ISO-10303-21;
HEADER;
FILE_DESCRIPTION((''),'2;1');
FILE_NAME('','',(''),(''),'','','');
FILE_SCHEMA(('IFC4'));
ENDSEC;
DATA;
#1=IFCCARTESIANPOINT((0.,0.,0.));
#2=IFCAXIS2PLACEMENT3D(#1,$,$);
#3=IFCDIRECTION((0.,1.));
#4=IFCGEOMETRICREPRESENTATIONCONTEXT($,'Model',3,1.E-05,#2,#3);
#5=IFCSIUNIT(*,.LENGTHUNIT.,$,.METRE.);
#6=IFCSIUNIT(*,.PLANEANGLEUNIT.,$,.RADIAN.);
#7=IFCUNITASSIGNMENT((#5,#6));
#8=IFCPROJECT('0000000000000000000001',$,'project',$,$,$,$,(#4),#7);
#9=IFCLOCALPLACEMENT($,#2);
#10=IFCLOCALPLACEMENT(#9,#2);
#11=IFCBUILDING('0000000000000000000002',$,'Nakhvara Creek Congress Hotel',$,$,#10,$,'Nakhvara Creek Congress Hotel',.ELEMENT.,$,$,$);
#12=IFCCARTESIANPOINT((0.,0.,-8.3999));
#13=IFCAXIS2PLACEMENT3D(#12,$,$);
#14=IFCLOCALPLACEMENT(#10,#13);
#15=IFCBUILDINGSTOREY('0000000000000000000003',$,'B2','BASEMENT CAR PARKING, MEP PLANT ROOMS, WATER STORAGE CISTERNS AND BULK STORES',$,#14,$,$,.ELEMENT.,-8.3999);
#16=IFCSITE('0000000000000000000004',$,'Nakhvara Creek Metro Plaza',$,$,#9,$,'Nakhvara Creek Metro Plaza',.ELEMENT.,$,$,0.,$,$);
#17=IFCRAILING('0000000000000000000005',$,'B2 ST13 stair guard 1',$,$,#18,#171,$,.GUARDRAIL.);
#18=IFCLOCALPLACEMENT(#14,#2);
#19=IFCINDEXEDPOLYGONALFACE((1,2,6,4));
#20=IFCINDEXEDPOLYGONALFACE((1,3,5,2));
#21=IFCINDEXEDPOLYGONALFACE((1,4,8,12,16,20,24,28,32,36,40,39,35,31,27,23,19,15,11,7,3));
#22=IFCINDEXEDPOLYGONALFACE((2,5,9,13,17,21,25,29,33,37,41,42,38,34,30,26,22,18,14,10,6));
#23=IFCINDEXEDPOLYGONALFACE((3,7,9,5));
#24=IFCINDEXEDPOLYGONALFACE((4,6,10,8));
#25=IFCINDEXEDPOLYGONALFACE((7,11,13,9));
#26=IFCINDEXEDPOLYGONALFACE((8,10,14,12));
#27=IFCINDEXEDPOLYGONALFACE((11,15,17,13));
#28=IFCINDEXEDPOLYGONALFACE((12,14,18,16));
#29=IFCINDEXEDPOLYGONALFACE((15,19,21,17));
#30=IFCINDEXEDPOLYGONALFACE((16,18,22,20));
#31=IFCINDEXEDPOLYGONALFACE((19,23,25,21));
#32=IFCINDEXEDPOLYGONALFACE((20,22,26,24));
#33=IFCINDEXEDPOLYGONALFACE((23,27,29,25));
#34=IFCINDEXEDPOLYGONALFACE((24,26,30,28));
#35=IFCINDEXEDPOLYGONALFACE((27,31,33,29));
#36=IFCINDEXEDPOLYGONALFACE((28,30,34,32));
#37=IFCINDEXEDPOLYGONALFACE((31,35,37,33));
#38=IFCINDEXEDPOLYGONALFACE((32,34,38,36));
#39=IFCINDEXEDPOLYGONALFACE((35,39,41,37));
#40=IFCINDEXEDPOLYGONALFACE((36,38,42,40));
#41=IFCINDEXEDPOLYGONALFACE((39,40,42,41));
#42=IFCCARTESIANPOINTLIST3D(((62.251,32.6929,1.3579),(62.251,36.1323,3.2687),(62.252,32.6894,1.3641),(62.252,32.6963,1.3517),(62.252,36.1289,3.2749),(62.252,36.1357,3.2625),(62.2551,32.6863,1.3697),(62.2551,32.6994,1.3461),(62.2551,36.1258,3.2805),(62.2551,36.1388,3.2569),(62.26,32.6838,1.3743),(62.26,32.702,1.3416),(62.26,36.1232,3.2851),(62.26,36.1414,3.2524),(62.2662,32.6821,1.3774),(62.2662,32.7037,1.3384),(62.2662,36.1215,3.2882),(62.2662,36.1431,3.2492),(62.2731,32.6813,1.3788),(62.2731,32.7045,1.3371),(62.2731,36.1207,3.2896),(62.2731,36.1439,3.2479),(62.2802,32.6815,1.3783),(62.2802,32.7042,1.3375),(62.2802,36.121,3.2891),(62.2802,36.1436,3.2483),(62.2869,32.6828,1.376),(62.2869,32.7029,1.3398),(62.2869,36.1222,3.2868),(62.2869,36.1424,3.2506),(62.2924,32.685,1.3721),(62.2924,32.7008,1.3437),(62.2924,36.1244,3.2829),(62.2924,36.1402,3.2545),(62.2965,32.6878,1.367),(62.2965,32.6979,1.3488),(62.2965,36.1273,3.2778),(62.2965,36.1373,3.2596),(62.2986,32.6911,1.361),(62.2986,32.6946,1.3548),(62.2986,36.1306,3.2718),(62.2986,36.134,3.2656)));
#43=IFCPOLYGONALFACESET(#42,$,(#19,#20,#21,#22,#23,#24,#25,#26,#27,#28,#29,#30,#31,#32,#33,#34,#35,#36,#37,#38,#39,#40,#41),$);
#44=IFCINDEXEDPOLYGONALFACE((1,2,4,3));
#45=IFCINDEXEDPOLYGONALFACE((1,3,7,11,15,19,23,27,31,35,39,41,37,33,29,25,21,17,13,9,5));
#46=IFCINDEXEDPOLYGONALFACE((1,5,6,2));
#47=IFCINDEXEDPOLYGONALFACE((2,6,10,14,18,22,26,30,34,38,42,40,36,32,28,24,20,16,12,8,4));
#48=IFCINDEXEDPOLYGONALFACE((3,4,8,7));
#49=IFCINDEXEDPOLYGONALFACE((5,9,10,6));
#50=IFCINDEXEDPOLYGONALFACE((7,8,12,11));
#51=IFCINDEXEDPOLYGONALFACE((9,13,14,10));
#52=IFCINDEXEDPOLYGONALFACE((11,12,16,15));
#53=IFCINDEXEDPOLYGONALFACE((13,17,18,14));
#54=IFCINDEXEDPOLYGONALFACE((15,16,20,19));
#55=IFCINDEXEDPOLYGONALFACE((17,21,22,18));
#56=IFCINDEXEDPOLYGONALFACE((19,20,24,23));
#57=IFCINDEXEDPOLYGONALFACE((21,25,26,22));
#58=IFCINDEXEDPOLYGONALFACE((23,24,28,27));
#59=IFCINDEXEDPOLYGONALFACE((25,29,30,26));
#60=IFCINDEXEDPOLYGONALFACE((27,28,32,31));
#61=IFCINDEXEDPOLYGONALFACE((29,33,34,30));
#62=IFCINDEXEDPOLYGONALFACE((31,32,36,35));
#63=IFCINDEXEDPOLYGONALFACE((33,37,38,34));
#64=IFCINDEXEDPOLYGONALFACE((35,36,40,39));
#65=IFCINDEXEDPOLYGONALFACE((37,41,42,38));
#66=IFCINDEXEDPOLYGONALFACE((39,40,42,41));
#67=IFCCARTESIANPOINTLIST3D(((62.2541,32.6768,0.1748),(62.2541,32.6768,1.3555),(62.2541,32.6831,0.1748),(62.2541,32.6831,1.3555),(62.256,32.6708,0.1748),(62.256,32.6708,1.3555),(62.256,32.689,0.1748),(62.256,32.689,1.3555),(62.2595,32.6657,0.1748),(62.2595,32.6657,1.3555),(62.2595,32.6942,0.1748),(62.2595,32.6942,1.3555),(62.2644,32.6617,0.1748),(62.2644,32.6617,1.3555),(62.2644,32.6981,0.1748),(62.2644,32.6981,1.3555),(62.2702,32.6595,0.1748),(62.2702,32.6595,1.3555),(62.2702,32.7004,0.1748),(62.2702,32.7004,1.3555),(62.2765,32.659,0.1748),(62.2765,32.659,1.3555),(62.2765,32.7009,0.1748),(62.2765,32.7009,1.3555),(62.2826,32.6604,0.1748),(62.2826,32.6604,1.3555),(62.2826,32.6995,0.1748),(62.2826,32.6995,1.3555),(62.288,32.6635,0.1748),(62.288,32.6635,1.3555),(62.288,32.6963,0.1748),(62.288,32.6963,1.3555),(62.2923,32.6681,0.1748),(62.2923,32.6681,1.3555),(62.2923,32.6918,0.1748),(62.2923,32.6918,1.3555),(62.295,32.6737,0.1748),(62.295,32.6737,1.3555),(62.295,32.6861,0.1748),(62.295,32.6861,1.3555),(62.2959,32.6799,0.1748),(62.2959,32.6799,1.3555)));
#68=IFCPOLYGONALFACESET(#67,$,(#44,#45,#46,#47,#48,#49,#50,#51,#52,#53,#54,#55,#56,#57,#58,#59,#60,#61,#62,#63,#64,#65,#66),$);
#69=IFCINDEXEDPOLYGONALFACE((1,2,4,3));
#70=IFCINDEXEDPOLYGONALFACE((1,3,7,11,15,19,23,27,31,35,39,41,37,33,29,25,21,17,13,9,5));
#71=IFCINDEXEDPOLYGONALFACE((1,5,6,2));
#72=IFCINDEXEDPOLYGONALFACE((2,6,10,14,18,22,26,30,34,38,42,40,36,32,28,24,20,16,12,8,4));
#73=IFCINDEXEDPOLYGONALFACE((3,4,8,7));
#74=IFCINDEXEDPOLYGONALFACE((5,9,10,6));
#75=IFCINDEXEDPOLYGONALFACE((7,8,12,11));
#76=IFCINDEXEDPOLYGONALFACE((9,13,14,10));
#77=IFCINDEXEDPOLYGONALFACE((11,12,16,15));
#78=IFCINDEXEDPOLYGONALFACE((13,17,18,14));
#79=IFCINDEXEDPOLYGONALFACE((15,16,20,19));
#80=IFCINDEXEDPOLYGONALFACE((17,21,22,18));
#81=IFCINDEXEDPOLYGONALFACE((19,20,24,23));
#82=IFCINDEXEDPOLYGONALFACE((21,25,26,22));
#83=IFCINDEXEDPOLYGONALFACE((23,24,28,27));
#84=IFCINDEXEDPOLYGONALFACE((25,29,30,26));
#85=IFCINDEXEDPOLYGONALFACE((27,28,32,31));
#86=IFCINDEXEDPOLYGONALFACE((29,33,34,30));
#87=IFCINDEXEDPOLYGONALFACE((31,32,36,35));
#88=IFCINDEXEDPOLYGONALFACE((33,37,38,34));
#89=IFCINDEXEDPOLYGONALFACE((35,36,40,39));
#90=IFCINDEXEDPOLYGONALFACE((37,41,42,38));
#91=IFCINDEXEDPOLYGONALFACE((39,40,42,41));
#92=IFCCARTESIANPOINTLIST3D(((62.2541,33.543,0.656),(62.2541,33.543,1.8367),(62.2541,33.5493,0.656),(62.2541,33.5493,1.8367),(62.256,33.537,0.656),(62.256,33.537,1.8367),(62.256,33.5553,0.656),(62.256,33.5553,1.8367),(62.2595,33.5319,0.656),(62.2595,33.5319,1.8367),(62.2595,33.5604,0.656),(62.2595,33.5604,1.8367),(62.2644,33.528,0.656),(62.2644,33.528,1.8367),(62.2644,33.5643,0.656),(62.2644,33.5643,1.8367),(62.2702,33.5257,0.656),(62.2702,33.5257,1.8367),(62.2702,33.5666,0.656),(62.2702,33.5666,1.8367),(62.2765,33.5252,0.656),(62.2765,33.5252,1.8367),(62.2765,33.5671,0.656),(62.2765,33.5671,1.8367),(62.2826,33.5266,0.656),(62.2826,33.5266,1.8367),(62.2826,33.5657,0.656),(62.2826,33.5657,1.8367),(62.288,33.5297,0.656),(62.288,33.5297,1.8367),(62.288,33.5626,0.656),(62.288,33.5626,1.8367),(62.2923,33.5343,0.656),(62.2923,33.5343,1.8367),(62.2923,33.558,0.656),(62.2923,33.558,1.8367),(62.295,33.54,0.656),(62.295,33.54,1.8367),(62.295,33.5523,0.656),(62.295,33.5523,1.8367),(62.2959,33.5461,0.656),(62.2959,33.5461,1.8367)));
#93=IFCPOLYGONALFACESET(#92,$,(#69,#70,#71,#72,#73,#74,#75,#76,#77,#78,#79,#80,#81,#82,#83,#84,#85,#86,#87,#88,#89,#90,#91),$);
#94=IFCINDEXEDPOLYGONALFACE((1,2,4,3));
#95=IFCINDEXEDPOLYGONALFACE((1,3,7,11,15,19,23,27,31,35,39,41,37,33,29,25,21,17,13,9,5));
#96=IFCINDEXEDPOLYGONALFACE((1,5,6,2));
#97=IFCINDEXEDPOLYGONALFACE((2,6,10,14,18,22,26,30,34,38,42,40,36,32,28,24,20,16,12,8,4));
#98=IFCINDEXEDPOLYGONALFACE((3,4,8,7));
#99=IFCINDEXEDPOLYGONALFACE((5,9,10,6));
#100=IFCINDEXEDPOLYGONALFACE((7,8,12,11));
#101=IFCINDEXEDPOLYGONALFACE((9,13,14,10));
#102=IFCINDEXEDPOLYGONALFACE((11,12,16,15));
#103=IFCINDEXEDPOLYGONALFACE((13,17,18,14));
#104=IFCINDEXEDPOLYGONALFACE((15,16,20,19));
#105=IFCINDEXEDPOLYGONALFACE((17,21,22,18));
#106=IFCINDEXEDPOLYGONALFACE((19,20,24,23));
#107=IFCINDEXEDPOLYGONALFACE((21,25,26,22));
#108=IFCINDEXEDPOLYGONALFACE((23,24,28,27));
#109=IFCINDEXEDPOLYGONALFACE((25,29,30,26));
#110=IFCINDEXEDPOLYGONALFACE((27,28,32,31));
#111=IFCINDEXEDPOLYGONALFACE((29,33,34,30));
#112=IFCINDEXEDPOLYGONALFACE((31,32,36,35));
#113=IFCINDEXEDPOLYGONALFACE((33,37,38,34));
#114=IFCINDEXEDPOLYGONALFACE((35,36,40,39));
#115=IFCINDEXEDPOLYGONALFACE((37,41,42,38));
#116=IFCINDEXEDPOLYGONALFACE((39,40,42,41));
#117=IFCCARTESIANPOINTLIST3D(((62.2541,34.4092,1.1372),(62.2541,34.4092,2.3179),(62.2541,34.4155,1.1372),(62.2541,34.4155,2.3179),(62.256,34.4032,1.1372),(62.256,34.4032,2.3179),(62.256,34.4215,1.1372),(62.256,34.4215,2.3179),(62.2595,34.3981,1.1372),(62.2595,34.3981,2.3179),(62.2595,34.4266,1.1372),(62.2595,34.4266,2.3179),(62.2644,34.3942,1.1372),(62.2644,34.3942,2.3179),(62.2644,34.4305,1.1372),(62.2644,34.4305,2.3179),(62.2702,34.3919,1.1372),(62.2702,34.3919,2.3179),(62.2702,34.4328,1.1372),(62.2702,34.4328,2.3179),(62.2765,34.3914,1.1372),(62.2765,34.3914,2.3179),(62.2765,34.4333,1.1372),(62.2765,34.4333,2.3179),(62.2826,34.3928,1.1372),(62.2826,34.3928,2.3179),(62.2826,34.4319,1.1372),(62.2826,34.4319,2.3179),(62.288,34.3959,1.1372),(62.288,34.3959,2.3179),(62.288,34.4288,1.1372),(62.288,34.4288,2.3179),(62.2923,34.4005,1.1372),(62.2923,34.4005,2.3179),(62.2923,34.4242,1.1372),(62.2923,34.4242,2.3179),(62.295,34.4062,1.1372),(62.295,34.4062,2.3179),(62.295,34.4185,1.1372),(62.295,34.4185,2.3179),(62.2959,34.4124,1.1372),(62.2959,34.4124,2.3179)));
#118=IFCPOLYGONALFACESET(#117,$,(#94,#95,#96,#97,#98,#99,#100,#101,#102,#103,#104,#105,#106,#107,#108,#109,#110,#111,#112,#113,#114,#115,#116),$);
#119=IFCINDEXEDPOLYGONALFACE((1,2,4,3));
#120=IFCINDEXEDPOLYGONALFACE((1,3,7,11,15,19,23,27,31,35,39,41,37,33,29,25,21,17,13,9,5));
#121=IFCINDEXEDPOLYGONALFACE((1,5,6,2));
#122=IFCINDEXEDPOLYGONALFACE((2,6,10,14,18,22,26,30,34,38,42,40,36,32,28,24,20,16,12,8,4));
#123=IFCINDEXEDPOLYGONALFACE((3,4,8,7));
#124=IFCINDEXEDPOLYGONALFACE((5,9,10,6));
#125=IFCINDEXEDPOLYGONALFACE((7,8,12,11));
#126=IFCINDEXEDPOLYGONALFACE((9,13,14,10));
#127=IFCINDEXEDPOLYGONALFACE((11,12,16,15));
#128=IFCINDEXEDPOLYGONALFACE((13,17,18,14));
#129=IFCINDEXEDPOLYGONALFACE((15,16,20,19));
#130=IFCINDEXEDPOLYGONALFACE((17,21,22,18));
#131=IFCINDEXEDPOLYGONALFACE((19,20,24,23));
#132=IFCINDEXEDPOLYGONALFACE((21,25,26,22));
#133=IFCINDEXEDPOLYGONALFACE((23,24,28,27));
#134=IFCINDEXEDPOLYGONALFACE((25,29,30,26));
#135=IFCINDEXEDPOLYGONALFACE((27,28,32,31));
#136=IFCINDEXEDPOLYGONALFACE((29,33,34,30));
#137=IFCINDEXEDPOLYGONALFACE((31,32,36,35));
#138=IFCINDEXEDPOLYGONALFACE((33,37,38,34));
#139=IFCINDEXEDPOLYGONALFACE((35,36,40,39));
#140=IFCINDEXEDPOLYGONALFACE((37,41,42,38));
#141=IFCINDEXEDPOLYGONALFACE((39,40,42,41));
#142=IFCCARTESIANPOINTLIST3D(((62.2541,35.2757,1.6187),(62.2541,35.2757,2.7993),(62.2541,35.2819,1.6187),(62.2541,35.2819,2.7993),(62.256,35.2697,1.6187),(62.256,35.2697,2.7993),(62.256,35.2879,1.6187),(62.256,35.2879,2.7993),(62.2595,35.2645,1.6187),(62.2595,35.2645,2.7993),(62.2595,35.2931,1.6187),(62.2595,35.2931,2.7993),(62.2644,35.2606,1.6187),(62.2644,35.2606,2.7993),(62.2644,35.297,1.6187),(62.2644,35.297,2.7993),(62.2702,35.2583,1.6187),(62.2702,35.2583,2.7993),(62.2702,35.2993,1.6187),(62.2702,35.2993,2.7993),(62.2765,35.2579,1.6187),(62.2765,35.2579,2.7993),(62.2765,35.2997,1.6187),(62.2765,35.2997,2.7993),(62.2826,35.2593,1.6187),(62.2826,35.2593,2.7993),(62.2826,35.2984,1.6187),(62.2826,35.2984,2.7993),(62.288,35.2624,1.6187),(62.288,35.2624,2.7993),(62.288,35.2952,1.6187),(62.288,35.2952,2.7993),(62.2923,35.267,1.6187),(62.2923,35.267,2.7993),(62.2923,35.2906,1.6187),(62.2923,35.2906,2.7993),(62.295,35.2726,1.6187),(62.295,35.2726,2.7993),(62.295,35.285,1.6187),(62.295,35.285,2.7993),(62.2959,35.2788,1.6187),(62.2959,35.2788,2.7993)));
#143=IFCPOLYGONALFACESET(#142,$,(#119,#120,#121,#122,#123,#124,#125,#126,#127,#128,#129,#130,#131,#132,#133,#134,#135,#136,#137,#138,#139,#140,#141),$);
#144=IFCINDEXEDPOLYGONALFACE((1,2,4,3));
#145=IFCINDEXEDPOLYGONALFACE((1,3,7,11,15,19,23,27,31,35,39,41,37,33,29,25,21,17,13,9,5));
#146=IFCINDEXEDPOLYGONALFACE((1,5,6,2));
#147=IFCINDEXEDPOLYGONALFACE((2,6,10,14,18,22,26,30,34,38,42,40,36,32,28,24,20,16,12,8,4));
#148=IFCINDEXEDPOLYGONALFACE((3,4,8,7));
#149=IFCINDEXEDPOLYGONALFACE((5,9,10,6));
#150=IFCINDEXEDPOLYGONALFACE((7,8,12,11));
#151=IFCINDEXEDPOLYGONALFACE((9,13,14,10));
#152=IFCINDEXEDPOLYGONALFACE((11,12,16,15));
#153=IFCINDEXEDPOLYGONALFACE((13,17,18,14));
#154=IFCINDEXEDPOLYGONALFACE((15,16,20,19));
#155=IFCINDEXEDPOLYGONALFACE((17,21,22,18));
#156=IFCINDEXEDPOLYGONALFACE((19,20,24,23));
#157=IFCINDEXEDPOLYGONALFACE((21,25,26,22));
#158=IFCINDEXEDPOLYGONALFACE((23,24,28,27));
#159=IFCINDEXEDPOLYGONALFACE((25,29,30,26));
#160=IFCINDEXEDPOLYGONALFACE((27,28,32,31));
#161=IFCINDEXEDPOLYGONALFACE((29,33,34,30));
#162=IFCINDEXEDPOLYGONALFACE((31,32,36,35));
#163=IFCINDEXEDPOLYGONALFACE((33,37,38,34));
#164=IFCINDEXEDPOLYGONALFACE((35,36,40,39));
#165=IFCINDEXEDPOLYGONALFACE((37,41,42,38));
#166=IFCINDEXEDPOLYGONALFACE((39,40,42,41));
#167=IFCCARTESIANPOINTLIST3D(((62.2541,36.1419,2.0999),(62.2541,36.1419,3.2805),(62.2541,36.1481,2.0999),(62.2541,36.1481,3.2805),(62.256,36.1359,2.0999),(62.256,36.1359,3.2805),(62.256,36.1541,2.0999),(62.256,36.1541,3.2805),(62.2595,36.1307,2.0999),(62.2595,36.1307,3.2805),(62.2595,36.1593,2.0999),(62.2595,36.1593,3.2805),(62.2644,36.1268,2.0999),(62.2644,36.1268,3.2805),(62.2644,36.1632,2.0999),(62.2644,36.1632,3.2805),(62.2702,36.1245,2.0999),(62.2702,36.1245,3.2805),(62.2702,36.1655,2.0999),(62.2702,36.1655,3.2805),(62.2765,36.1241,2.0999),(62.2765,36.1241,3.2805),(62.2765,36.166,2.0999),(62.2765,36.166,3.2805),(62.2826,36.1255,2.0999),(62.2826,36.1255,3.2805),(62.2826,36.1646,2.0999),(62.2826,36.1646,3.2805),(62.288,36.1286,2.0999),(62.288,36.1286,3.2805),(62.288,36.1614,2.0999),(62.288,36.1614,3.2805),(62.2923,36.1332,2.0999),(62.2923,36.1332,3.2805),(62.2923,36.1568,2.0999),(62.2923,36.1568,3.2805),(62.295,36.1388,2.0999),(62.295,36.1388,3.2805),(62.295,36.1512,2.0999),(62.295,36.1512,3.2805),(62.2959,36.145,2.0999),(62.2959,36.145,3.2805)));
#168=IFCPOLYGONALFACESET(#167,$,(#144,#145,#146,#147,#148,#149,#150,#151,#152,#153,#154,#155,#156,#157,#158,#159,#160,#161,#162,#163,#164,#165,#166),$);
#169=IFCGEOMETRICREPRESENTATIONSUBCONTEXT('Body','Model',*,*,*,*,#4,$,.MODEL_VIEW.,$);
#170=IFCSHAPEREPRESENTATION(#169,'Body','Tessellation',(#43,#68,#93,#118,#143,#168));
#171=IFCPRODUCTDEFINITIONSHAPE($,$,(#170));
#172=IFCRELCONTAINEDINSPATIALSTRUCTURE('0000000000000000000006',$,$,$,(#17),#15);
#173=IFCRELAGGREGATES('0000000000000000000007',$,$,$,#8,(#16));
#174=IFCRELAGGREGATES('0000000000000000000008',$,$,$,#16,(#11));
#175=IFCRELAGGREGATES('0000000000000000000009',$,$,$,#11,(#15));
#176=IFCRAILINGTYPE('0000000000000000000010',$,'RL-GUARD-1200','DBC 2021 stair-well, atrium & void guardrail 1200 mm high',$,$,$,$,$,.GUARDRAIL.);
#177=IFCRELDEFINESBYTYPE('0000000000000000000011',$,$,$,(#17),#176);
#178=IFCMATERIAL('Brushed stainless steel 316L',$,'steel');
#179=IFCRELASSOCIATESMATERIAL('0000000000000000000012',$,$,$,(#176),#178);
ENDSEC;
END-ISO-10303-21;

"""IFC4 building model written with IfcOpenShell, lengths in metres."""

from ifc_helpers import new_model, si_unit, direction, frame, origin, origin_2d, place, context, subcontext, project, spatial, circle, extrude, material, type_object, element, save


model = new_model("IFC4")

# Units and contexts
model_context = context("Model", 3, precision=1e-05, world=origin(), true_north=direction((0.0, 1.0)))
body_context = subcontext(model_context, "Body", "Model", "MODEL_VIEW")
ifc_project = project(units=[si_unit("LENGTHUNIT", "METRE"), si_unit("PLANEANGLEUNIT", "RADIAN")], contexts=[model_context])

# Site, building, storey
site_placement = place(None, origin())
site = spatial("IfcSite", under=ifc_project, at=site_placement, Name="Nakhvara Creek Metro Plaza", LongName="Nakhvara Creek Metro Plaza", CompositionType="ELEMENT", RefElevation=0.0)
building_placement = place(site_placement, origin())
building = spatial("IfcBuilding", under=site, at=building_placement, Name="Nakhvara Creek Congress Hotel", LongName="Nakhvara Creek Congress Hotel", CompositionType="ELEMENT")
storey_placement = place(building_placement, frame((0.0, 0.0, -8.3999)))
storey = spatial("IfcBuildingStorey", under=building, at=storey_placement, Name="B2", Description="BASEMENT CAR PARKING, MEP PLANT ROOMS, WATER STORAGE CISTERNS AND BULK STORES", CompositionType="ELEMENT", Elevation=-8.3999)

# Railing
ifc_material_1 = material(Name="Brushed stainless steel 316L", Category="steel")
railing_type_1 = type_object("IfcRailingType", Name="RL-GUARD-1200", Description="DBC 2021 stair-well, atrium & void guardrail 1200 mm high", PredefinedType="GUARDRAIL", material=ifc_material_1)
railing_1_placement = place(storey_placement, frame((62.2749, 32.6799, 0.1748)))
element("IfcRailing", 1, at=railing_1_placement, inside=storey, type_object=railing_type_1, Name="B2 ST13 stair guard 1", PredefinedType="GUARDRAIL", context=body_context, shape_type="SweptSolid", body=[
    extrude(circle(Radius=0.0239, at=origin_2d()), frame((0.0, 0.0129, 1.1831), z_axis=(0.0, 0.874157, 0.485643), x_axis=(-1.0, 0.0, 0.0)), (0.0, 0.0, 1.0), 3.9346),
    extrude(circle(Radius=0.021, at=origin_2d()), origin(), (0.0, 0.0, 1.0), 1.1807),
    extrude(circle(Radius=0.021, at=origin_2d()), frame((0.0, 0.8662, 0.4812)), (0.0, 0.0, 1.0), 1.1807),
    extrude(circle(Radius=0.021, at=origin_2d()), frame((0.0, 1.7324, 0.9624)), (0.0, 0.0, 1.0), 1.1807),
    extrude(circle(Radius=0.021, at=origin_2d()), frame((0.0, 2.5989, 1.4438)), (0.0, 0.0, 1.0), 1.1807),
    extrude(circle(Radius=0.021, at=origin_2d()), frame((0.0, 3.4651, 1.925)), (0.0, 0.0, 1.0), 1.1807),
])

save(model, "model.ifc")
